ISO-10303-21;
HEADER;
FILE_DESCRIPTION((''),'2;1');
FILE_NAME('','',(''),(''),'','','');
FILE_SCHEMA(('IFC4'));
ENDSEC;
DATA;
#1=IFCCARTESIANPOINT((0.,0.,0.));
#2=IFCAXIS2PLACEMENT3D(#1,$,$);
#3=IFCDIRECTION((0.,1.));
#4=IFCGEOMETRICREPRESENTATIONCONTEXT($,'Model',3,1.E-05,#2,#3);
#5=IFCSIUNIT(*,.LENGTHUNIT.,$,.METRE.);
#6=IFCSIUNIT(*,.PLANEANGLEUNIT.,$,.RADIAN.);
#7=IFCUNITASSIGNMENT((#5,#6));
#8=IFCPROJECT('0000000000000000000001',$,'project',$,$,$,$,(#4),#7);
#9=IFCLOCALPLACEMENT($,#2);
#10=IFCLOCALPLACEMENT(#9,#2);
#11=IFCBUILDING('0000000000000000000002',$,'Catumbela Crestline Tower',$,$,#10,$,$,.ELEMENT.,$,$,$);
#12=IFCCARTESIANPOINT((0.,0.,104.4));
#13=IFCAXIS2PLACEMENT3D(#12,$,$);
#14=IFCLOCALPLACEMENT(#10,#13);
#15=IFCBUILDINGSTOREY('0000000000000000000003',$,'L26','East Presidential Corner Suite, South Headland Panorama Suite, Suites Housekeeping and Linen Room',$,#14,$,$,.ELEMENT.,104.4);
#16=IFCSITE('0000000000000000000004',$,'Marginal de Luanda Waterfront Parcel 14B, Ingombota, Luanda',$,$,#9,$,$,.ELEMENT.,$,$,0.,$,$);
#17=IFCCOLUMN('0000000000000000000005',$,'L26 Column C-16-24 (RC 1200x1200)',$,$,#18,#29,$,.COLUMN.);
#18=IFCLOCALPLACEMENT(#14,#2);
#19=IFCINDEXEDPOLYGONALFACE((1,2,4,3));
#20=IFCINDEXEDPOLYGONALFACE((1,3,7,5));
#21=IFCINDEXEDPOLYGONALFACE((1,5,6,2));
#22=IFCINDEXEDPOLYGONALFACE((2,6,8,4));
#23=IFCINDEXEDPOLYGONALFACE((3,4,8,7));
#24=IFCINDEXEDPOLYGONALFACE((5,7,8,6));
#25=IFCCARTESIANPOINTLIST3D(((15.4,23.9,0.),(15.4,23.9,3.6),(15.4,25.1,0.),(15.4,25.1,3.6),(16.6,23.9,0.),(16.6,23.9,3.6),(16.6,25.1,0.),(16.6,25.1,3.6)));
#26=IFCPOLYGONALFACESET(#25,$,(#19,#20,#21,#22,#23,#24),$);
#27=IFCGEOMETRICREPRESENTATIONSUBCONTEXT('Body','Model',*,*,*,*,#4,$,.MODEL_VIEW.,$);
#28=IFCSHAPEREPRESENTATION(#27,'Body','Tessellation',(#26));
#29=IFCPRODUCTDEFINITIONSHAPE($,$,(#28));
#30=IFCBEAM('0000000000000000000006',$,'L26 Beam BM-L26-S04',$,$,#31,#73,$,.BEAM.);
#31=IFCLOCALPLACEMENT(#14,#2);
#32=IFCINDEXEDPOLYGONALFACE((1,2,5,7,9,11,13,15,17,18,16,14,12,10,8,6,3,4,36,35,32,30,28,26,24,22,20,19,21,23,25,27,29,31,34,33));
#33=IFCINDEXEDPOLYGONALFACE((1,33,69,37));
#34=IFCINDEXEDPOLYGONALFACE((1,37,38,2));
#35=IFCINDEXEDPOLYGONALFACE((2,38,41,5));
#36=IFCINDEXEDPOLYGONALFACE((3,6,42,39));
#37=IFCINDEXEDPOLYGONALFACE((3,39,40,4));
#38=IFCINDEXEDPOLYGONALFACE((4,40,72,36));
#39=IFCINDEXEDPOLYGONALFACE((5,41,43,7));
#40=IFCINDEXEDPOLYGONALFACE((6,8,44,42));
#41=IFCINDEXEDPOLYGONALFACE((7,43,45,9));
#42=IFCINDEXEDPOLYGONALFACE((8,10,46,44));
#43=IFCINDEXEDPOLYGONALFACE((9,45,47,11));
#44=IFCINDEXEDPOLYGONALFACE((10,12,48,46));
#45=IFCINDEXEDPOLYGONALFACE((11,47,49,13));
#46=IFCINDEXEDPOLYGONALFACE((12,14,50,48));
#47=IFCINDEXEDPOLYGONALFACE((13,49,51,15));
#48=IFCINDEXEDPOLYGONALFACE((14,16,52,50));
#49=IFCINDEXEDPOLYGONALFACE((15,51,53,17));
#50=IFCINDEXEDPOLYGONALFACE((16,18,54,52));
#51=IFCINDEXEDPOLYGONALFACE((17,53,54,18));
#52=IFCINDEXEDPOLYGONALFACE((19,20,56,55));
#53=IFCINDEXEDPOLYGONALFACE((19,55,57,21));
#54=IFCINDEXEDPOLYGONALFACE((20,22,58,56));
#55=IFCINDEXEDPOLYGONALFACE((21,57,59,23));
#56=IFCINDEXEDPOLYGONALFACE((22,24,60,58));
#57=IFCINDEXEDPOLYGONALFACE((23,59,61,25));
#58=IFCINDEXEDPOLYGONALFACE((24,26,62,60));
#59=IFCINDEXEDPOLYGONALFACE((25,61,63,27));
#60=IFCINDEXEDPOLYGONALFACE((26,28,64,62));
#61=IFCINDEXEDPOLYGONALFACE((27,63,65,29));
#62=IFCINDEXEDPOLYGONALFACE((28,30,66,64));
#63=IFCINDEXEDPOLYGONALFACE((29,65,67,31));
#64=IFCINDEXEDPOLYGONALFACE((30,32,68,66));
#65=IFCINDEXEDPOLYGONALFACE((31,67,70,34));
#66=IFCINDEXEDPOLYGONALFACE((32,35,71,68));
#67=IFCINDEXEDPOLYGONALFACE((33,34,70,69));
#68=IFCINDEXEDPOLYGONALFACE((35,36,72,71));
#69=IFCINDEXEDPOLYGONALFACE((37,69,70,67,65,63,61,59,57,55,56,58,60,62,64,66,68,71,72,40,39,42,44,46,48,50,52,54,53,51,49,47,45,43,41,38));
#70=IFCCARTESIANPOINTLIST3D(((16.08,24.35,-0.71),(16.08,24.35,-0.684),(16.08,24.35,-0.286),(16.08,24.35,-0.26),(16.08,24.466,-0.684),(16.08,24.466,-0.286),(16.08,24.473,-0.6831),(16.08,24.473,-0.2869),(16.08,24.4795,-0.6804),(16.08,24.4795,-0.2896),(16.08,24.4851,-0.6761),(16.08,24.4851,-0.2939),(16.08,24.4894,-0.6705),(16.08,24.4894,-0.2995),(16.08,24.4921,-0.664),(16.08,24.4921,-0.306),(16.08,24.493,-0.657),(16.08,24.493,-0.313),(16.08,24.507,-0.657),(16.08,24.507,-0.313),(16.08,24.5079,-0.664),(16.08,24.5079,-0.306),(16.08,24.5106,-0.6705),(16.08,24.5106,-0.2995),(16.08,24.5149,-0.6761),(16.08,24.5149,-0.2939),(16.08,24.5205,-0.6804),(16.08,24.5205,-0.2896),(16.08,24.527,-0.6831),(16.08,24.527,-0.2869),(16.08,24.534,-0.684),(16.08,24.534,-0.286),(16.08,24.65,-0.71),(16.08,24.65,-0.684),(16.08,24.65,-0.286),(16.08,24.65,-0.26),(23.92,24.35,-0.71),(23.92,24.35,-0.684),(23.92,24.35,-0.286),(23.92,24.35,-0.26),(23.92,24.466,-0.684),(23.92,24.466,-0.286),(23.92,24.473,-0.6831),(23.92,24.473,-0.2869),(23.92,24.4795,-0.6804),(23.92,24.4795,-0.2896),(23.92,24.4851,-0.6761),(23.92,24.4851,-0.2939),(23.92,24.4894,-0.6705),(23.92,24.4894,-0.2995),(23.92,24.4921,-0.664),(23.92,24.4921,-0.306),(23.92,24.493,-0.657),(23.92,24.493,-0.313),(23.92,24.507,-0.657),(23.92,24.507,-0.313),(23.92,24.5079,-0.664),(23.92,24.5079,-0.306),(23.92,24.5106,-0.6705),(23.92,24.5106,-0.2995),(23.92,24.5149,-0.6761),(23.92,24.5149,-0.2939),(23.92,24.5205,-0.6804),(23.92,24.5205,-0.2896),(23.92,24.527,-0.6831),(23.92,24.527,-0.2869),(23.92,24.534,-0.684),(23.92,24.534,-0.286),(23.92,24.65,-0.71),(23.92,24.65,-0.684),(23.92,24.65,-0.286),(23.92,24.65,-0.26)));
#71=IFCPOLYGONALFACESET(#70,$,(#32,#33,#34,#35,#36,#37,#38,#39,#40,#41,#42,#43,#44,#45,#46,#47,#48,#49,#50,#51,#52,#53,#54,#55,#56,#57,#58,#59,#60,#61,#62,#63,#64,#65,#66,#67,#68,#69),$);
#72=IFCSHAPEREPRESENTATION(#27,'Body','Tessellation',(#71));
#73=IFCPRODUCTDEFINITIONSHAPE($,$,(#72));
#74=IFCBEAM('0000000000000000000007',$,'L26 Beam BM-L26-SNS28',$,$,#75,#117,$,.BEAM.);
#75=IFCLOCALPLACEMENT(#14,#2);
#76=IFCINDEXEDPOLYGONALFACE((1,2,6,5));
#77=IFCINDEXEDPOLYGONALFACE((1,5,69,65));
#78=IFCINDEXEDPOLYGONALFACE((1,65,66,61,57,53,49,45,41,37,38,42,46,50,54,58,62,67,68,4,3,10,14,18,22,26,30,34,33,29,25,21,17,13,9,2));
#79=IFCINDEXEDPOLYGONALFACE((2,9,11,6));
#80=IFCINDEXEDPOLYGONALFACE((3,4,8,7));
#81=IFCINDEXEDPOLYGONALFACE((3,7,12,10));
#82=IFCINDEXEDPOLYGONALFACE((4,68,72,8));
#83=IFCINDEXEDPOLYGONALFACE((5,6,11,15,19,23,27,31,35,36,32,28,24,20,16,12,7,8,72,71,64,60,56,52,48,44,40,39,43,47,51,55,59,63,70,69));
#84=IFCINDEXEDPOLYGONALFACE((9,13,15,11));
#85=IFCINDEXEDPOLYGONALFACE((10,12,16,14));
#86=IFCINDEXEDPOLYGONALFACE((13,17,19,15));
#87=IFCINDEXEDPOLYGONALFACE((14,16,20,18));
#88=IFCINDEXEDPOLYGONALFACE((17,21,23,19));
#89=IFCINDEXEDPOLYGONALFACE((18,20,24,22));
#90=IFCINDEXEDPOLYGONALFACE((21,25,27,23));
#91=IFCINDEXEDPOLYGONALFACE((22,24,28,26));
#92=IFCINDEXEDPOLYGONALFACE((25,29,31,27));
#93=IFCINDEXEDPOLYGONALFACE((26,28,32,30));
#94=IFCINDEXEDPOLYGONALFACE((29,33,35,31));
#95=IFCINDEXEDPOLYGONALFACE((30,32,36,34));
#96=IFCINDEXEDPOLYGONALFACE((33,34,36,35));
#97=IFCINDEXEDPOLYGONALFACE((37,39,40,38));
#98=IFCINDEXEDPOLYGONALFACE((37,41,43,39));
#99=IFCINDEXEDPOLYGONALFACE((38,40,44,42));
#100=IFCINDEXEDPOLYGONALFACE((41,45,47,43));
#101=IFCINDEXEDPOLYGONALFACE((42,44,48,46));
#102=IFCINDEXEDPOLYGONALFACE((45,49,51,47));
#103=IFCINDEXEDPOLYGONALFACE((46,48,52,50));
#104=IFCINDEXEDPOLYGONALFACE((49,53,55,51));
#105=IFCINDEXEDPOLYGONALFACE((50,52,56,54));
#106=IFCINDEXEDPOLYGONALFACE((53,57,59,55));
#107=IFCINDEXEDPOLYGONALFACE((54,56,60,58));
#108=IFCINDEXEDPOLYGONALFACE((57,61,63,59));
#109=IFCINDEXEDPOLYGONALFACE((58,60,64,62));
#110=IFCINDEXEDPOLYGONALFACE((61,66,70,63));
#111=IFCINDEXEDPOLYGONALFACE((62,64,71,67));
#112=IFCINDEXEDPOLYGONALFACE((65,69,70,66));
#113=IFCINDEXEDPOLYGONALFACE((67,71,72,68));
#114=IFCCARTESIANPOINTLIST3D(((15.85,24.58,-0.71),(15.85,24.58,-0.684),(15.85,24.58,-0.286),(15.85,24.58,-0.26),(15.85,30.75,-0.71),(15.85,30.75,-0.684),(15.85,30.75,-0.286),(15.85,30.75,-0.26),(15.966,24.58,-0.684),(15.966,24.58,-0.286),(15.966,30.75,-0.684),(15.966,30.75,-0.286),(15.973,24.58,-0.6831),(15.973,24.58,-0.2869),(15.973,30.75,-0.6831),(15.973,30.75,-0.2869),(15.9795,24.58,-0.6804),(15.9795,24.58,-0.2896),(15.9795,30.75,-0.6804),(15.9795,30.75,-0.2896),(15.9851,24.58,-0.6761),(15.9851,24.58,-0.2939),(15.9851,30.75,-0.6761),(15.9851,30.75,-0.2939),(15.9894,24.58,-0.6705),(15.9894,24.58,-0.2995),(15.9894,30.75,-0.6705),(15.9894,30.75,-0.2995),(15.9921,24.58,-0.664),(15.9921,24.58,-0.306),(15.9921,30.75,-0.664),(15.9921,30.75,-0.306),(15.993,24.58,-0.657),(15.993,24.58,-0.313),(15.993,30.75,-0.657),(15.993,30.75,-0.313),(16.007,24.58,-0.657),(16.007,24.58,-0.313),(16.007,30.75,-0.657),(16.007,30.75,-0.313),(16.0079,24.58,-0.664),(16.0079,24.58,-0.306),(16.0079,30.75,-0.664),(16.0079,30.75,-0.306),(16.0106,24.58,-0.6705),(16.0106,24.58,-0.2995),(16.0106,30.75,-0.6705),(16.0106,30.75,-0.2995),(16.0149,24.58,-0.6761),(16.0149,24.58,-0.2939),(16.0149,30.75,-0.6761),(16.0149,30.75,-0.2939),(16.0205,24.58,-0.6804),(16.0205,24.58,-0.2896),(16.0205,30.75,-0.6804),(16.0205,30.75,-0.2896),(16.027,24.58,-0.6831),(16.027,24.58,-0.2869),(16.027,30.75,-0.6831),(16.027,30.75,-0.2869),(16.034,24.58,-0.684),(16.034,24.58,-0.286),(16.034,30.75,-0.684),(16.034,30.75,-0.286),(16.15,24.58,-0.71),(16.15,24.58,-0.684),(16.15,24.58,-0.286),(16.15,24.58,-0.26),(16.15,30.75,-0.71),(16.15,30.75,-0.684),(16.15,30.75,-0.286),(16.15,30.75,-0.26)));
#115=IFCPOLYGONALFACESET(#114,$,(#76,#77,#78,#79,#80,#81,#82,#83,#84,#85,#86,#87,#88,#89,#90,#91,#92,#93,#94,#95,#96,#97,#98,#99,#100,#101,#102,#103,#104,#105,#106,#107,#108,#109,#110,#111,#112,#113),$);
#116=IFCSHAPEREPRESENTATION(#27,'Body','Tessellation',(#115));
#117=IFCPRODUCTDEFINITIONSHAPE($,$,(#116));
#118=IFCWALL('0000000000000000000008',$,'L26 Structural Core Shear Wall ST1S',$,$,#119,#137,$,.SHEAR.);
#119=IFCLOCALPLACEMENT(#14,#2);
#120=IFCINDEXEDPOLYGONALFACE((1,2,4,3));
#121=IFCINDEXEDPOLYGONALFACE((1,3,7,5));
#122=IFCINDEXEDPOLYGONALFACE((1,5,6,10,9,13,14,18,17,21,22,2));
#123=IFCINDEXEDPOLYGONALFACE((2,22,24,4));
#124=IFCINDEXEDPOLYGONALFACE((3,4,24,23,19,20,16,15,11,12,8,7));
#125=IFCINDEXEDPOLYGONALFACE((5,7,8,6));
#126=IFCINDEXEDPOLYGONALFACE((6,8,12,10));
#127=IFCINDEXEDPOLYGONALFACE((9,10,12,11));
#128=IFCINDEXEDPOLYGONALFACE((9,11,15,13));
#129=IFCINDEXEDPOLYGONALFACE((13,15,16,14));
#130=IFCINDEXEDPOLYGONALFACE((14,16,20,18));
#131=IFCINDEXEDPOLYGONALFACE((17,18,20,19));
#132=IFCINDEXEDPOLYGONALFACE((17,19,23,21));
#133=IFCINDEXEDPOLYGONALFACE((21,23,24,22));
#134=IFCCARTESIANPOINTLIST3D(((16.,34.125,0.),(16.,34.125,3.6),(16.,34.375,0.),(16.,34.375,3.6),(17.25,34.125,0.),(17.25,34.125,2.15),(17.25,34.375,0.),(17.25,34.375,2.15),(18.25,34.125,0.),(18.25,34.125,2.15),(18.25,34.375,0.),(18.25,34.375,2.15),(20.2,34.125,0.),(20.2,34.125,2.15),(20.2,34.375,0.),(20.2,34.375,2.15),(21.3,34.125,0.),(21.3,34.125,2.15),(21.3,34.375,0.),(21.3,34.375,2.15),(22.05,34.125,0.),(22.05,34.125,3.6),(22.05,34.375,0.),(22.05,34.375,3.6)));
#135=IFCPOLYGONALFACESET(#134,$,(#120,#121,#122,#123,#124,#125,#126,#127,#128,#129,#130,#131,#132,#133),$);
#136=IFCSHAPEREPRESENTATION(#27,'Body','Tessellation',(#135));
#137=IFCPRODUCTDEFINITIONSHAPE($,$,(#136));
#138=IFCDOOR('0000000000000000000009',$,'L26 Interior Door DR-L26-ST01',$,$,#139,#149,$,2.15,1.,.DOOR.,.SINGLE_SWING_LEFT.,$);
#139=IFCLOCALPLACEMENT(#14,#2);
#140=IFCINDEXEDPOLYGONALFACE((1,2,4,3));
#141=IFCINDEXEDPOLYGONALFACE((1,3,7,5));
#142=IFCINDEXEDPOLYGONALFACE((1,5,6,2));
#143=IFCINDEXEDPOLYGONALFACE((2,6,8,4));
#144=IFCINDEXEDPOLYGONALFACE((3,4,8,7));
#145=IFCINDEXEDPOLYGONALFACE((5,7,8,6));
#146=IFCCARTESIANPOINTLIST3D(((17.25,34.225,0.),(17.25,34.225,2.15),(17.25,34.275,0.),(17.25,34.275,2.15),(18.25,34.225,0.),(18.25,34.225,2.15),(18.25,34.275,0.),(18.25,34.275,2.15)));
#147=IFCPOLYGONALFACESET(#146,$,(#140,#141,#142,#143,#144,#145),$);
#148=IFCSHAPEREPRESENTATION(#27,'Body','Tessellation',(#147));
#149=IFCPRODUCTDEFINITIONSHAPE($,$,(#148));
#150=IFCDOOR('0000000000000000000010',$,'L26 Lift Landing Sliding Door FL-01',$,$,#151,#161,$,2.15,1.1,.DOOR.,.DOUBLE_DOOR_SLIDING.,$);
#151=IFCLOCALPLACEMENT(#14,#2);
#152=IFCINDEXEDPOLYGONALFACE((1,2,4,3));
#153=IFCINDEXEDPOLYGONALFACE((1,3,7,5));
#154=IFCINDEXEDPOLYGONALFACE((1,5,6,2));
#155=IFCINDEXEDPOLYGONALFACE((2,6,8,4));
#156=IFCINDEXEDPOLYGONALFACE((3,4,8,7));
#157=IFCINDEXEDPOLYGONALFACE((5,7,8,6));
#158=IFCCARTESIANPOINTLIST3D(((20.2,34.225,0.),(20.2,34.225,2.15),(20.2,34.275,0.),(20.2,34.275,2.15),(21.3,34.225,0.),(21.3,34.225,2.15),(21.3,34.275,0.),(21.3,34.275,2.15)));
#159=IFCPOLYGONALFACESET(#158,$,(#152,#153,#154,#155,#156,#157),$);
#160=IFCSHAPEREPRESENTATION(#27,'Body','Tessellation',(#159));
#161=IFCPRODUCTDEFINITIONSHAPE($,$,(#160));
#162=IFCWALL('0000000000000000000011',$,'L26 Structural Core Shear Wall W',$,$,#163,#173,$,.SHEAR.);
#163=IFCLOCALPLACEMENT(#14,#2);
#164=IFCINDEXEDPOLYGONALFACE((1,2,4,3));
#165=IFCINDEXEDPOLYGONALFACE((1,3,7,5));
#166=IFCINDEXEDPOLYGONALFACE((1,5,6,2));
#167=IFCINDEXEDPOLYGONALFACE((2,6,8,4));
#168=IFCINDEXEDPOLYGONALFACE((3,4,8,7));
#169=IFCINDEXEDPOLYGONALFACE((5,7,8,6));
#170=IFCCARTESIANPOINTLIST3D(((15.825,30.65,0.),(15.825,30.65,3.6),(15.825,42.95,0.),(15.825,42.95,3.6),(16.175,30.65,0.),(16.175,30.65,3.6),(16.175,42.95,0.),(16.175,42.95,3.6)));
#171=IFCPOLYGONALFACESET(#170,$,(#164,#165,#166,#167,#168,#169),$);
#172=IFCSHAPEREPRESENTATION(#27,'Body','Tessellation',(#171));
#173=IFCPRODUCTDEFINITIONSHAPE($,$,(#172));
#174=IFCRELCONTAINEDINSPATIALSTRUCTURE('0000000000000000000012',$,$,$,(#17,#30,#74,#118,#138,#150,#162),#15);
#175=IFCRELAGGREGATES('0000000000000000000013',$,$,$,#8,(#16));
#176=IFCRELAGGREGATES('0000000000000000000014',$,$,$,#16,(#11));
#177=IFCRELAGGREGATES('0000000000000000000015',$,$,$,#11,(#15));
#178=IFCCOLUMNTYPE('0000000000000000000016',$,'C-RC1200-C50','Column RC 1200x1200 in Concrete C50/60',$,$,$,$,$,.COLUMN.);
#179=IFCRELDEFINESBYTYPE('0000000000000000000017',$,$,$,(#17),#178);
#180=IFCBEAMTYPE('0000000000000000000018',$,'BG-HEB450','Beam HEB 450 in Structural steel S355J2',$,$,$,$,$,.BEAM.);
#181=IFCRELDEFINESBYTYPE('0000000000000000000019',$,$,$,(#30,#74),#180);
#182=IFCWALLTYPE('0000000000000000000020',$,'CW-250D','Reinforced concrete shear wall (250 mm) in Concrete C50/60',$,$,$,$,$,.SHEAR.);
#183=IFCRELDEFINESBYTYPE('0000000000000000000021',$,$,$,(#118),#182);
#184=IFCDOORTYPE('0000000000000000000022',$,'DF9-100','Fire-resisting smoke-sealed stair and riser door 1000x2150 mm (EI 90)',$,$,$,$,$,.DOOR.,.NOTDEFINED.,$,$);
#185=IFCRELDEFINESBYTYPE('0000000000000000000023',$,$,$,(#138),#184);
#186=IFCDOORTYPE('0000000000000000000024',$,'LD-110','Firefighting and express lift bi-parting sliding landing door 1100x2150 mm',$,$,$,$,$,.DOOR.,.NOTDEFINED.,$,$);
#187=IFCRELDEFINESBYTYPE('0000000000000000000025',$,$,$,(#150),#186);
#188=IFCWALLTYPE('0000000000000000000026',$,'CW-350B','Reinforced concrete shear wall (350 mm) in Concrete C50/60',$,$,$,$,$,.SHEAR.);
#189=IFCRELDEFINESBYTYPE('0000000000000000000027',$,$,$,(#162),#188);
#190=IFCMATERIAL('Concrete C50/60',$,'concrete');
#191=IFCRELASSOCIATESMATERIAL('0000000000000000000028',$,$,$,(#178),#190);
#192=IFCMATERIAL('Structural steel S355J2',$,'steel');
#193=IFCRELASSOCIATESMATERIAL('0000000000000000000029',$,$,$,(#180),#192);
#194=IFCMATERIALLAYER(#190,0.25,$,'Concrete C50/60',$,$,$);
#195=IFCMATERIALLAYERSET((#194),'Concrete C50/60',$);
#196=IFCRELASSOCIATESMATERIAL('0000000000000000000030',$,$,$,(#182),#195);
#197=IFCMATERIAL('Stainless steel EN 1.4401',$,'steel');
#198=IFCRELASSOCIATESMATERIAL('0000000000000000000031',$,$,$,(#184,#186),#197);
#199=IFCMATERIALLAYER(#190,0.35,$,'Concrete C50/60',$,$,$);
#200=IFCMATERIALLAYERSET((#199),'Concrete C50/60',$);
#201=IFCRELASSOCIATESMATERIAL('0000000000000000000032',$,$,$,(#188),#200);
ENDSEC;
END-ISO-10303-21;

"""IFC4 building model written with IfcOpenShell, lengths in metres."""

from ifc_helpers import new_model, si_unit, direction, frame, frame_2d, origin, origin_2d, place, context, subcontext, project, spatial, rectangle, i_section, extrude, material, layer, layer_set, material_profile, profile_set, type_object, element, fill, save


model = new_model("IFC4")

# Units and contexts
model_context = context("Model", 3, precision=1e-05, world=origin(), true_north=direction((0.0, 1.0)))
body_context = subcontext(model_context, "Body", "Model", "MODEL_VIEW")
ifc_project = project(units=[si_unit("LENGTHUNIT", "METRE"), si_unit("PLANEANGLEUNIT", "RADIAN")], contexts=[model_context])

# Site, building, storey
site_placement = place(None, origin())
site = spatial("IfcSite", under=ifc_project, at=site_placement, Name="Marginal de Luanda Waterfront Parcel 14B, Ingombota, Luanda", CompositionType="ELEMENT", RefElevation=0.0)
building_placement = place(site_placement, origin())
building = spatial("IfcBuilding", under=site, at=building_placement, Name="Catumbela Crestline Tower", CompositionType="ELEMENT")
storey_placement = place(building_placement, frame((0.0, 0.0, 104.4)))
storey = spatial("IfcBuildingStorey", under=building, at=storey_placement, Name="L26", Description="East Presidential Corner Suite, South Headland Panorama Suite, Suites Housekeeping and Linen Room", CompositionType="ELEMENT", Elevation=104.4)

# Column
ifc_material_1 = material(Name="Concrete C50/60", Category="concrete")
ifc_material_profile_1 = material_profile(ifc_material_1, rectangle(XDim=1.2, YDim=1.2, at=origin_2d()), Name="RC 1200x1200")
ifc_profile_set_1 = profile_set([ifc_material_profile_1], Name="Concrete C50/60")
column_type = type_object("IfcColumnType", Name="C-RC1200-C50", Description="Column RC 1200x1200 in Concrete C50/60", PredefinedType="COLUMN", material=ifc_profile_set_1)
column_placement = place(storey_placement, frame((16.0, 24.5, 0.0), z_axis=(0.0, 0.0, 1.0), x_axis=(1.0, 0.0, 0.0)))
element("IfcColumn", 1, at=column_placement, inside=storey, type_object=column_type, Name="L26 Column C-16-24 (RC 1200x1200)", PredefinedType="COLUMN", context=body_context, shape_type="SweptSolid", body=[
    extrude(rectangle(XDim=1.2, YDim=1.2, at=origin_2d()), origin(), (0.0, 0.0, 1.0), 3.6),
])

# Beams
ifc_material_2 = material(Name="Structural steel S355J2", Category="steel")
ifc_material_profile_2 = material_profile(ifc_material_2, i_section(OverallWidth=0.3, OverallDepth=0.45, WebThickness=0.014, FlangeThickness=0.026, FilletRadius=0.027, at=origin_2d()), Name="HEB 450")
ifc_profile_set_2 = profile_set([ifc_material_profile_2], Name="Structural steel S355J2")
beam_type = type_object("IfcBeamType", Name="BG-HEB450", Description="Beam HEB 450 in Structural steel S355J2", PredefinedType="BEAM", material=ifc_profile_set_2)
beam_1_placement = place(storey_placement, frame((16.08, 24.5, -0.485), z_axis=(1.0, 0.0, 0.0), x_axis=(0.0, 1.0, 0.0)))
element("IfcBeam", 2, at=beam_1_placement, inside=storey, type_object=beam_type, Name="L26 Beam BM-L26-S04", PredefinedType="BEAM", context=body_context, shape_type="SweptSolid", body=[
    extrude(i_section(OverallWidth=0.3, OverallDepth=0.45, WebThickness=0.014, FlangeThickness=0.026, FilletRadius=0.027, at=origin_2d()), origin(), (0.0, 0.0, 1.0), 7.84),
])
beam_2_placement = place(storey_placement, frame((16.0, 24.58, -0.485), z_axis=(0.0, 1.0, 0.0), x_axis=(-1.0, 0.0, 0.0)))
element("IfcBeam", 3, at=beam_2_placement, inside=storey, type_object=beam_type, Name="L26 Beam BM-L26-SNS28", PredefinedType="BEAM", context=body_context, shape_type="SweptSolid", body=[
    extrude(i_section(OverallWidth=0.3, OverallDepth=0.45, WebThickness=0.014, FlangeThickness=0.026, FilletRadius=0.027, at=origin_2d()), origin(), (0.0, 0.0, 1.0), 6.17),
])

# Wall, openings, doors
ifc_layer_1 = layer(ifc_material_1, 0.25, Name="Concrete C50/60")
ifc_layer_set_1 = layer_set([ifc_layer_1], Name="Concrete C50/60")
wall_type_1 = type_object("IfcWallType", Name="CW-250D", Description="Reinforced concrete shear wall (250 mm) in Concrete C50/60", PredefinedType="SHEAR", material=ifc_layer_set_1)
wall_1_placement = place(storey_placement, frame((16.0, 34.25, 0.0), z_axis=(0.0, 0.0, 1.0), x_axis=(1.0, 0.0, 0.0)))
wall_1 = element("IfcWall", 4, at=wall_1_placement, inside=storey, type_object=wall_type_1, Name="L26 Structural Core Shear Wall ST1S", PredefinedType="SHEAR", context=body_context, shape_type="SweptSolid", body=[
    extrude(rectangle(XDim=6.05, YDim=0.25, at=frame_2d((3.025, 0.0))), origin(), (0.0, 0.0, 1.0), 3.6),
])
opening_1_placement = place(wall_1_placement, frame((1.25, 0.0, 0.0)))
opening_1 = element("IfcOpeningElement", 5, at=opening_1_placement, cuts=wall_1, PredefinedType="OPENING", context=body_context, shape_type="SweptSolid", body=[
    extrude(rectangle(XDim=1.0, YDim=2.15, at=frame_2d((0.5, 1.075))), frame((0.0, 0.135, 0.0), z_axis=(0.0, -1.0, 0.0), x_axis=(1.0, 0.0, 0.0)), (0.0, 0.0, 1.0), 0.27),
])
opening_2_placement = place(wall_1_placement, frame((4.2, 0.0, 0.0)))
opening_2 = element("IfcOpeningElement", 6, at=opening_2_placement, cuts=wall_1, PredefinedType="OPENING", context=body_context, shape_type="SweptSolid", body=[
    extrude(rectangle(XDim=1.1, YDim=2.15, at=frame_2d((0.55, 1.075))), frame((0.0, 0.135, 0.0), z_axis=(0.0, -1.0, 0.0), x_axis=(1.0, 0.0, 0.0)), (0.0, 0.0, 1.0), 0.27),
])
ifc_material_3 = material(Name="Stainless steel EN 1.4401", Category="steel")
door_type_1 = type_object("IfcDoorType", Name="DF9-100", Description="Fire-resisting smoke-sealed stair and riser door 1000x2150 mm (EI 90)", OperationType="NOTDEFINED", PredefinedType="DOOR", material=ifc_material_3)
door_1_placement = place(opening_1_placement, origin())
door_1 = element("IfcDoor", 7, at=door_1_placement, inside=storey, type_object=door_type_1, Name="L26 Interior Door DR-L26-ST01", OperationType="SINGLE_SWING_LEFT", OverallHeight=2.15, OverallWidth=1.0, PredefinedType="DOOR", context=body_context, shape_type="SweptSolid", body=[
    extrude(rectangle(XDim=1.0, YDim=2.15, at=frame_2d((0.5, 1.075))), frame((0.0, 0.025, 0.0), z_axis=(0.0, -1.0, 0.0), x_axis=(1.0, 0.0, 0.0)), (0.0, 0.0, 1.0), 0.05),
])
fill(opening_1, door_1)
door_type_2 = type_object("IfcDoorType", Name="LD-110", Description="Firefighting and express lift bi-parting sliding landing door 1100x2150 mm", OperationType="NOTDEFINED", PredefinedType="DOOR", material=ifc_material_3)
door_2_placement = place(opening_2_placement, origin())
door_2 = element("IfcDoor", 8, at=door_2_placement, inside=storey, type_object=door_type_2, Name="L26 Lift Landing Sliding Door FL-01", OperationType="DOUBLE_DOOR_SLIDING", OverallHeight=2.15, OverallWidth=1.1, PredefinedType="DOOR", context=body_context, shape_type="SweptSolid", body=[
    extrude(rectangle(XDim=1.1, YDim=2.15, at=frame_2d((0.55, 1.075))), frame((0.0, 0.025, 0.0), z_axis=(0.0, -1.0, 0.0), x_axis=(1.0, 0.0, 0.0)), (0.0, 0.0, 1.0), 0.05),
])
fill(opening_2, door_2)

# Wall
ifc_layer_2 = layer(ifc_material_1, 0.35, Name="Concrete C50/60")
ifc_layer_set_2 = layer_set([ifc_layer_2], Name="Concrete C50/60")
wall_type_2 = type_object("IfcWallType", Name="CW-350B", Description="Reinforced concrete shear wall (350 mm) in Concrete C50/60", PredefinedType="SHEAR", material=ifc_layer_set_2)
wall_2_placement = place(storey_placement, frame((16.0, 30.65, 0.0), z_axis=(0.0, 0.0, 1.0), x_axis=(0.0, 1.0, 0.0)))
element("IfcWall", 9, at=wall_2_placement, inside=storey, type_object=wall_type_2, Name="L26 Structural Core Shear Wall W", PredefinedType="SHEAR", context=body_context, shape_type="SweptSolid", body=[
    extrude(rectangle(XDim=12.3, YDim=0.35, at=frame_2d((6.15, 0.0))), origin(), (0.0, 0.0, 1.0), 3.6),
])

save(model, "model.ifc")
